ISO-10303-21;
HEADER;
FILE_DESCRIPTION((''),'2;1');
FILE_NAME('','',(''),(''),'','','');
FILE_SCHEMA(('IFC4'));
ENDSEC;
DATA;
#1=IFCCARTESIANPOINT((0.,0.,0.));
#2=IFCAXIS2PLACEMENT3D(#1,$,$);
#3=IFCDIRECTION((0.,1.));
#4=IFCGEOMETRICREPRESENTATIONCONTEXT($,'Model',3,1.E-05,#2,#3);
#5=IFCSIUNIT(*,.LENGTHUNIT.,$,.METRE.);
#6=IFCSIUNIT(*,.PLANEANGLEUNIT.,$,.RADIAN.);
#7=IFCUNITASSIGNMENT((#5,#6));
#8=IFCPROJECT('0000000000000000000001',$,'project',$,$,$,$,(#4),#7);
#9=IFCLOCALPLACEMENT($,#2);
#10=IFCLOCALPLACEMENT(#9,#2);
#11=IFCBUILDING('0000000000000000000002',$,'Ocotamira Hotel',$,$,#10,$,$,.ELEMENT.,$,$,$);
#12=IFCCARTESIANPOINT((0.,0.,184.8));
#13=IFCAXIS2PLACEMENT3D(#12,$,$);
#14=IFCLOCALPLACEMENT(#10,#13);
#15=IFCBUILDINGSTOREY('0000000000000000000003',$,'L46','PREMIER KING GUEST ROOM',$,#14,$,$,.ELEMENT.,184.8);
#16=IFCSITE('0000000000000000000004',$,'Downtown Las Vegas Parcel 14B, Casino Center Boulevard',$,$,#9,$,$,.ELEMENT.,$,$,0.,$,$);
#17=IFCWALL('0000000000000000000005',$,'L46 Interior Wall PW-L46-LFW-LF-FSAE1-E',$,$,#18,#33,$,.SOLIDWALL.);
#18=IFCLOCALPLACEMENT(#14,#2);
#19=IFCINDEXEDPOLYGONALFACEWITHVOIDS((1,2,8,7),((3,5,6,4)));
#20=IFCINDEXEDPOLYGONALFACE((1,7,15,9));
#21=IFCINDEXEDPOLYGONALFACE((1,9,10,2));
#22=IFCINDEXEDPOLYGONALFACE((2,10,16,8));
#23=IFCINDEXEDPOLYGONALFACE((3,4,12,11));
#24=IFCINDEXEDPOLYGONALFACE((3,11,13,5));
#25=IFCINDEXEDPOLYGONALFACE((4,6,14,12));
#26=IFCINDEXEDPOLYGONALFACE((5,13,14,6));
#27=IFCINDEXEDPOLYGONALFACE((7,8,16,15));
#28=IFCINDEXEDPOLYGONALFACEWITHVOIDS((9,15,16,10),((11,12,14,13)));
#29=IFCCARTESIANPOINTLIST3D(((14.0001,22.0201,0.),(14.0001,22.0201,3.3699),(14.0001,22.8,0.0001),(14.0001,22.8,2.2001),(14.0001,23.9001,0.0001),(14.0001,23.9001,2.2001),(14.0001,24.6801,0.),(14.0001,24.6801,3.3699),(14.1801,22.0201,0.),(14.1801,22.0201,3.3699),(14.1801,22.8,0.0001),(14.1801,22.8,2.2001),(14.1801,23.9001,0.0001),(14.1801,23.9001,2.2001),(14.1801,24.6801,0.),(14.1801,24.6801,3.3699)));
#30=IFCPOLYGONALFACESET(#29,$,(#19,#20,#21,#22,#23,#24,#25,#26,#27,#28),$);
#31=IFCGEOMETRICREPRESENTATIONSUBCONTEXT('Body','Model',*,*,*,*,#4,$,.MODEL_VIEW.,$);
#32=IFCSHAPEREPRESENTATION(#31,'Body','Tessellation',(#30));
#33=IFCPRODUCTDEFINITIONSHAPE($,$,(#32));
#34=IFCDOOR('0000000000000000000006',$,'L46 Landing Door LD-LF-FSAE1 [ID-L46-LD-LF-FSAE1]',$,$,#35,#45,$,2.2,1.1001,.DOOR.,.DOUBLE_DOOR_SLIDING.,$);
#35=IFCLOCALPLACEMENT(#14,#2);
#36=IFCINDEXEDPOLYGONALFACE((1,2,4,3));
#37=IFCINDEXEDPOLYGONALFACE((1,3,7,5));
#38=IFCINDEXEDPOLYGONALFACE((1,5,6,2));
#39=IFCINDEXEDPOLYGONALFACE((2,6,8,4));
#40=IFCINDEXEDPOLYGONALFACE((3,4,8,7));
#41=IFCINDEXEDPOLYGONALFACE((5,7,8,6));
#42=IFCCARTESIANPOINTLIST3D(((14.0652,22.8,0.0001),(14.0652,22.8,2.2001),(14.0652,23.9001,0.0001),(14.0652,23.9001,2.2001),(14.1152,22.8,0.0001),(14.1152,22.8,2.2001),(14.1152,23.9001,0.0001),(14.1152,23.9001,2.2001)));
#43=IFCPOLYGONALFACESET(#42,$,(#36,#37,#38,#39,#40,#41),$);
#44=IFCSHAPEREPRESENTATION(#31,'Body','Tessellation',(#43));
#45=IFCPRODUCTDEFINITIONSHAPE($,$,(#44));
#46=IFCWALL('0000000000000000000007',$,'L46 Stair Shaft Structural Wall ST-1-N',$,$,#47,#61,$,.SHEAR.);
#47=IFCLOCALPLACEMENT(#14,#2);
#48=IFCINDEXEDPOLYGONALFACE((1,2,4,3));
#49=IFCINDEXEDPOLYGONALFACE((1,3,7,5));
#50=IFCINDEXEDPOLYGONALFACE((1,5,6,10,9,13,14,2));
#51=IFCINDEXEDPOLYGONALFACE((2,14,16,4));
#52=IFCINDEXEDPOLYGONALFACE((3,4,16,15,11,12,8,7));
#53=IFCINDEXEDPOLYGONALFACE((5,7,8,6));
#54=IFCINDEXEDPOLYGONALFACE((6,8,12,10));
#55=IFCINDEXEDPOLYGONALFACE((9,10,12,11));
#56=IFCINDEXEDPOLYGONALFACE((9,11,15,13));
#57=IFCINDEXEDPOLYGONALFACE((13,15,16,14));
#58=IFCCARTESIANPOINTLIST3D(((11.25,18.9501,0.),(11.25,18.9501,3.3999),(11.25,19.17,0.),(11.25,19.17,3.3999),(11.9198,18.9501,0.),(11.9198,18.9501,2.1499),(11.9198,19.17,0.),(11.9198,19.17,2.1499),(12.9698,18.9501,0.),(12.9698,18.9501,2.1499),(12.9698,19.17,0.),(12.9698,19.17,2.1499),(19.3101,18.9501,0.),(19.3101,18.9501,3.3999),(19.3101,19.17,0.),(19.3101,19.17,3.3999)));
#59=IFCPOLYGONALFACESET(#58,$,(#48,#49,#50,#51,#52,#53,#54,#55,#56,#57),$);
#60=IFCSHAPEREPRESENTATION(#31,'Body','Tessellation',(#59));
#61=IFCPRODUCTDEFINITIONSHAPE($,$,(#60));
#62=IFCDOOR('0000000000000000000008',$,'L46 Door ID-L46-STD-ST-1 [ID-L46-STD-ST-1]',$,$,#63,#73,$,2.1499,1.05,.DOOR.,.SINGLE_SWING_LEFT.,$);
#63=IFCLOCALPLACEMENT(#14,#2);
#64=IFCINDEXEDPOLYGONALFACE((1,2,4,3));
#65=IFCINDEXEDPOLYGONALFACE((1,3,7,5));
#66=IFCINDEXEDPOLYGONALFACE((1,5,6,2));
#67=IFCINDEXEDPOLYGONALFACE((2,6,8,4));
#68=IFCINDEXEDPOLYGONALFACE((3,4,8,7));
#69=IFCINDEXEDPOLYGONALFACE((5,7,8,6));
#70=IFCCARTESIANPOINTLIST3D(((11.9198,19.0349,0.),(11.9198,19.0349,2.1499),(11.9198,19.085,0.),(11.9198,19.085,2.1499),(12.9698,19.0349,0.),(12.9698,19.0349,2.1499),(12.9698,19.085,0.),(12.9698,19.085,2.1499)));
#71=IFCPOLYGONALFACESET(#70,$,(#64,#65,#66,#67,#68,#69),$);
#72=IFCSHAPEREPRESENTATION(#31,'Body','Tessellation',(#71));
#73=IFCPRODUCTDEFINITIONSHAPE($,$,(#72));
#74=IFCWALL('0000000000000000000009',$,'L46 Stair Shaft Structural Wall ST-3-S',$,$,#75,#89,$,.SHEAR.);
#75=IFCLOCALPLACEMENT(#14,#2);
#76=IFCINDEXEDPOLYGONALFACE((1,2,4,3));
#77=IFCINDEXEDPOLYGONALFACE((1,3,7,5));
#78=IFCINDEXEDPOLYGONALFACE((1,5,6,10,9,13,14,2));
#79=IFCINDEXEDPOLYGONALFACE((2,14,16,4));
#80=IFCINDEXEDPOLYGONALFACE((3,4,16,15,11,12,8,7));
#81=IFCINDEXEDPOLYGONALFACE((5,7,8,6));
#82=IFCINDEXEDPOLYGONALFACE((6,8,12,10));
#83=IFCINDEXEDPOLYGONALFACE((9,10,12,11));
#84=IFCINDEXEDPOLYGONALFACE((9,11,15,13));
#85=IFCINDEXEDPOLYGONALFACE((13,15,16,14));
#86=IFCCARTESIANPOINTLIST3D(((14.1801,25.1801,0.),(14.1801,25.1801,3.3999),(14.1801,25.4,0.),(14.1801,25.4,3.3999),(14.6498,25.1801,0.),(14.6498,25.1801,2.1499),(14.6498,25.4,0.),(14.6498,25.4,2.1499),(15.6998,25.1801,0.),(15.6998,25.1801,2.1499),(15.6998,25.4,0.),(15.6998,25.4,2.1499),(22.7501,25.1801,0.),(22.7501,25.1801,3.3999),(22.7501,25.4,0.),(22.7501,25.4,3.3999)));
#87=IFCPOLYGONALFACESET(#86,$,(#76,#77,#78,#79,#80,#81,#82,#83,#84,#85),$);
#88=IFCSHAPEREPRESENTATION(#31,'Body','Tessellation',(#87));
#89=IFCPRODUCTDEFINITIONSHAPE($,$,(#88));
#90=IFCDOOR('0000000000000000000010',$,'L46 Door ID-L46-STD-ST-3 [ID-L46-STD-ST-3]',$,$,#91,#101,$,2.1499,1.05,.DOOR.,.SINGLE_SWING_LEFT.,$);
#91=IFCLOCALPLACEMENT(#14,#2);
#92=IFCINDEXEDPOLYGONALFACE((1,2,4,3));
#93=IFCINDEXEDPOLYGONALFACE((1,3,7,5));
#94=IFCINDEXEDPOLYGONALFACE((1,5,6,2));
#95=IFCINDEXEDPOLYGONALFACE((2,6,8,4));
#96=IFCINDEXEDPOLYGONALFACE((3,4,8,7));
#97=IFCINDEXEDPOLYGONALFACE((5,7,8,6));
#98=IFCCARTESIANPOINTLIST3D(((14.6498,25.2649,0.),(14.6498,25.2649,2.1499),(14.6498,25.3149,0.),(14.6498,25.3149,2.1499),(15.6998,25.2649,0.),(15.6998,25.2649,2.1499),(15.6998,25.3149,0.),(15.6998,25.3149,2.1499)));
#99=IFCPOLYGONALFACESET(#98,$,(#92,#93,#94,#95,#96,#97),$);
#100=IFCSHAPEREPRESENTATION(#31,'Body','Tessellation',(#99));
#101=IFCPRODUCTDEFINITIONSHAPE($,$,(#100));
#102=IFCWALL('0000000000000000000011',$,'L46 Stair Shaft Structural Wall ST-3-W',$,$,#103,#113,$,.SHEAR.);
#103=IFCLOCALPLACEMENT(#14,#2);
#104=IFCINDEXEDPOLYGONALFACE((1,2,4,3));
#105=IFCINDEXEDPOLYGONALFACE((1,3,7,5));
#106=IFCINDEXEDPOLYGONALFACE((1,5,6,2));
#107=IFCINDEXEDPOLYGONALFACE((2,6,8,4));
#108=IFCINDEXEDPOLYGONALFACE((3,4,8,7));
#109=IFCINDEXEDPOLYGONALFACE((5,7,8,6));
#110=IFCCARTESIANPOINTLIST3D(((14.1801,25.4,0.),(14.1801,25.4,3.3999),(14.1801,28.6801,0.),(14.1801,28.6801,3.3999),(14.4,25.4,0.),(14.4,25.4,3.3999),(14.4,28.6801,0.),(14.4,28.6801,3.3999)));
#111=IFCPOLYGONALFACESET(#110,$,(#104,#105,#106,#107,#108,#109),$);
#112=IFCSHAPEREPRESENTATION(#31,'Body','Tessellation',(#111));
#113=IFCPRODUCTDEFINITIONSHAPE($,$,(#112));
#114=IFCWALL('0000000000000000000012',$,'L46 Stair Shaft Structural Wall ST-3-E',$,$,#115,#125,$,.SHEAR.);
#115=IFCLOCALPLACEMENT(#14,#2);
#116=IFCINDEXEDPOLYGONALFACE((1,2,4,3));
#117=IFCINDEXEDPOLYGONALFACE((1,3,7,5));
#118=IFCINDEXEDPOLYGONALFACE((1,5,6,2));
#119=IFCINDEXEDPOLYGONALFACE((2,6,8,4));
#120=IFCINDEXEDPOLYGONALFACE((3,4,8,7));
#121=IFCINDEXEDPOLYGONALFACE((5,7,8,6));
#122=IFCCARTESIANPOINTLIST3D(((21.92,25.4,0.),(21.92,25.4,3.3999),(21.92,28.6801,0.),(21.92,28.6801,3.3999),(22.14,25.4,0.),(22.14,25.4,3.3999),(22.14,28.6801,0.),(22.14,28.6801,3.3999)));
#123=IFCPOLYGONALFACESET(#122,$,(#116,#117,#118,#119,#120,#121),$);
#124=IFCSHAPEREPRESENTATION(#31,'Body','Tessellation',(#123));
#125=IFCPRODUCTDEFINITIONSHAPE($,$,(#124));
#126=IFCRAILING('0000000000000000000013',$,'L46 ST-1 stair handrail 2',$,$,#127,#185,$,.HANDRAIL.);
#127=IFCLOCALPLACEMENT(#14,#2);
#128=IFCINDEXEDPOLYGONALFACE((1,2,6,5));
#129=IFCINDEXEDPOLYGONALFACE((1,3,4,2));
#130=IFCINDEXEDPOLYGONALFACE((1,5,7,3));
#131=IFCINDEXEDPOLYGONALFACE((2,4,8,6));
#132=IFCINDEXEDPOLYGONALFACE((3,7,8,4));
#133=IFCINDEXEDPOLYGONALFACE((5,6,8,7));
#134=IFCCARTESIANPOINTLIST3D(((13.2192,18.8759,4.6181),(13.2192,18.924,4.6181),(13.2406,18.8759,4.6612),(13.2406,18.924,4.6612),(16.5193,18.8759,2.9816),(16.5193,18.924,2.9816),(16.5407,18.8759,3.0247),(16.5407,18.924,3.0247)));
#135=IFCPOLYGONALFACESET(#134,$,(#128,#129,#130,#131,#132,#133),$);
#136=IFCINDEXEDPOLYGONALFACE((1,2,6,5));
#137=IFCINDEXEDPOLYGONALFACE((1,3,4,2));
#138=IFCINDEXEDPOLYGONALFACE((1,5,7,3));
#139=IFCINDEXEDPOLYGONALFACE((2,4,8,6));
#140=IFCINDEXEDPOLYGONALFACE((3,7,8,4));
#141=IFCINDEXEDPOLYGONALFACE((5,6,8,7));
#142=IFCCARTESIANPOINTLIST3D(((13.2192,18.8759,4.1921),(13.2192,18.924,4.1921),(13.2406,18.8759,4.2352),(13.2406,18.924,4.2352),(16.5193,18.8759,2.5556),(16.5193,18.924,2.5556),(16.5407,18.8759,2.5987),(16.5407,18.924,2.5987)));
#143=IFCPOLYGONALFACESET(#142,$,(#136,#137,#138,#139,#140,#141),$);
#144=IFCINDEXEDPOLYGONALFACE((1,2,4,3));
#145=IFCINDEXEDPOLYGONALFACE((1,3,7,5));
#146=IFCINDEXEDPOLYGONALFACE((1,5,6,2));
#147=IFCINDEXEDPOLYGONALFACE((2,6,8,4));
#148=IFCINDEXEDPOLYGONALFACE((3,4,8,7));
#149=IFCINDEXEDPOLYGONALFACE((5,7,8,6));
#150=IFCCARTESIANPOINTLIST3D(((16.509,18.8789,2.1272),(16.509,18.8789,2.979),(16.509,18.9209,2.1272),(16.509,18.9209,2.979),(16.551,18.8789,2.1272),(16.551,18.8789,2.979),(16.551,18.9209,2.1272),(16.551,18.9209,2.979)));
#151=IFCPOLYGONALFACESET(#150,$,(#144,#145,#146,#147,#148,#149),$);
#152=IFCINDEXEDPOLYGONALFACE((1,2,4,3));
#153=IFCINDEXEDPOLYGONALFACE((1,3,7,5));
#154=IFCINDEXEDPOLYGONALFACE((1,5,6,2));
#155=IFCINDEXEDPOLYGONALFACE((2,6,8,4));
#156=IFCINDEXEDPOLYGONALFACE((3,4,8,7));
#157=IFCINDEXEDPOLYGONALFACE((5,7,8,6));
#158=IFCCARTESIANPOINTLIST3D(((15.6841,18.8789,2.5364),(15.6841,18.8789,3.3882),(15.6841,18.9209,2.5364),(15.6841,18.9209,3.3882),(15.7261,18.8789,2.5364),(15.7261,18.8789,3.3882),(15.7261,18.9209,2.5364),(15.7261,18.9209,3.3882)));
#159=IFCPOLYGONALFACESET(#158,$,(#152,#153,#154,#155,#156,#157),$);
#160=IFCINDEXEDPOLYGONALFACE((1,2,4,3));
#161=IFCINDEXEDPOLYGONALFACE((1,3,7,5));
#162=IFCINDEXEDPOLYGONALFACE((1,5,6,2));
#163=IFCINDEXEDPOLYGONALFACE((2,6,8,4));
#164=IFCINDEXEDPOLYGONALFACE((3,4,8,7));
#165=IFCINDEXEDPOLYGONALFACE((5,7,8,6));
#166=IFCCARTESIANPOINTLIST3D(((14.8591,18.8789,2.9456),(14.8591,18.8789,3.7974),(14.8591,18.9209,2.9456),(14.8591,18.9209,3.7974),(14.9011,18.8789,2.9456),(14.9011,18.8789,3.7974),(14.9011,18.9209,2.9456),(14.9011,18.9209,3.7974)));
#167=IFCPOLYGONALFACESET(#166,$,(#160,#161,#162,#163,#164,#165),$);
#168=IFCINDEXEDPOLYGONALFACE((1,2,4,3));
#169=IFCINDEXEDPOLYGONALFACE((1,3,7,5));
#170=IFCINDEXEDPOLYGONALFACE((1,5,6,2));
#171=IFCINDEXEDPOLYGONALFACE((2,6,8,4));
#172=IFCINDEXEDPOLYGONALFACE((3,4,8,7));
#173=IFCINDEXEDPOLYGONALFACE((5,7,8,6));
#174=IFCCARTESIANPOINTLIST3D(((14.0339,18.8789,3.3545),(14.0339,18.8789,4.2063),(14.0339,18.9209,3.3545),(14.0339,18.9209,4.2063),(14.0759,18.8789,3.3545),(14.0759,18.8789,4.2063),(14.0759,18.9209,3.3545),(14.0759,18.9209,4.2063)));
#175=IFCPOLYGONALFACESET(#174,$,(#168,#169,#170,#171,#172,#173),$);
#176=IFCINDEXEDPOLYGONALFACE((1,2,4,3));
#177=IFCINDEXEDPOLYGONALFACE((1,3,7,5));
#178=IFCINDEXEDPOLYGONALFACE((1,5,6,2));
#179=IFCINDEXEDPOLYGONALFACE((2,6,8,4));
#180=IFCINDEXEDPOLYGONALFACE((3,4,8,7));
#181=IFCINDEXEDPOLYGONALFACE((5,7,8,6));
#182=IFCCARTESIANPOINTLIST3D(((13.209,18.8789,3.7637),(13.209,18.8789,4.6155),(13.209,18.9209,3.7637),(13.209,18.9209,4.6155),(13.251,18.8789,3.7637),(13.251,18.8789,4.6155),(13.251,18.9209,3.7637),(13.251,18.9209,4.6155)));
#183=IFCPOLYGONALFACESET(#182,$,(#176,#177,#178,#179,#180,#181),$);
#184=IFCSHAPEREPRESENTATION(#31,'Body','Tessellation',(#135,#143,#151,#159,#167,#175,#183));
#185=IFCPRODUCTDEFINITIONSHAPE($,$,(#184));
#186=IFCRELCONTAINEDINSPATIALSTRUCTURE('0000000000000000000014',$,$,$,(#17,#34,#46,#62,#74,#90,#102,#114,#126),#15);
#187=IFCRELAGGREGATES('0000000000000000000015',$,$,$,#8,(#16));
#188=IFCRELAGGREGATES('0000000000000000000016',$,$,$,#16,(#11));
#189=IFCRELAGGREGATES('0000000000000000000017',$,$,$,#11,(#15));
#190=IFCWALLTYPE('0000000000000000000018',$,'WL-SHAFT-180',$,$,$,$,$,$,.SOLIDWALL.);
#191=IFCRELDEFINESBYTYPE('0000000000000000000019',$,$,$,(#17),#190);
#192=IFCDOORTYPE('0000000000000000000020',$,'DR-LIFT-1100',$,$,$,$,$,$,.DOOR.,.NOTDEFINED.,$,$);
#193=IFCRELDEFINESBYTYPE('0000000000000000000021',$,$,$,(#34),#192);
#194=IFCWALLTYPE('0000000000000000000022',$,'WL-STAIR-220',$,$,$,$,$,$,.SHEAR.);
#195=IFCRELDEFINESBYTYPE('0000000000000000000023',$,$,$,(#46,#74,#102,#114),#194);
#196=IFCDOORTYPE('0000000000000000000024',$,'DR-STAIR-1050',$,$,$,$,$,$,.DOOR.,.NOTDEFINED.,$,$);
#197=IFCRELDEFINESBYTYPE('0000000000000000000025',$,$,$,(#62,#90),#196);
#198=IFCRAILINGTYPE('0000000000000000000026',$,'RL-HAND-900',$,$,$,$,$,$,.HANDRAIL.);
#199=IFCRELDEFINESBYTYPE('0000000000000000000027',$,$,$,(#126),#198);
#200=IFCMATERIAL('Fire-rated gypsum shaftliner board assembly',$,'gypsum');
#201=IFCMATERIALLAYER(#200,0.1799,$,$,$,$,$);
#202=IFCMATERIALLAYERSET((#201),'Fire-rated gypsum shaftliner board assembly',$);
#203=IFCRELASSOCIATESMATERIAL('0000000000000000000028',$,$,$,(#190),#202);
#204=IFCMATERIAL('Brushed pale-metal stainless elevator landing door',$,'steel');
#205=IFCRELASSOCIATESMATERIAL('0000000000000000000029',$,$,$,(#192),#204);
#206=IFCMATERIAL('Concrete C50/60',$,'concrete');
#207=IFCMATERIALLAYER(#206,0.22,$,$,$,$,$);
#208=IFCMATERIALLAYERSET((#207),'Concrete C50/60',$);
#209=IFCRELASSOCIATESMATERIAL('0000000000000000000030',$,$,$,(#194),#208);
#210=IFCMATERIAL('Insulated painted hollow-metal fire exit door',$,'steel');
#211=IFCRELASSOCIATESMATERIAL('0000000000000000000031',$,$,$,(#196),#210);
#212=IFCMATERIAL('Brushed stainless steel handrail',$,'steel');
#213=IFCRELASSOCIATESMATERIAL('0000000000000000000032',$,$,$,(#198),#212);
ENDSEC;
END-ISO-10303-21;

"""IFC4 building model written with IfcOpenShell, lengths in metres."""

from ifc_helpers import new_model, si_unit, direction, frame, frame_2d, origin, origin_2d, place, context, subcontext, project, spatial, rectangle, extrude, source, transform, mapped, material, layer, layer_set, type_object, element, fill, save


model = new_model("IFC4")

# Units and contexts
model_context = context("Model", 3, precision=1e-05, world=origin(), true_north=direction((0.0, 1.0)))
body_context = subcontext(model_context, "Body", "Model", "MODEL_VIEW")
ifc_project = project(units=[si_unit("LENGTHUNIT", "METRE"), si_unit("PLANEANGLEUNIT", "RADIAN")], contexts=[model_context])

# Site, building, storey
site_placement = place(None, origin())
site = spatial("IfcSite", under=ifc_project, at=site_placement, Name="Downtown Las Vegas Parcel 14B, Casino Center Boulevard", CompositionType="ELEMENT", RefElevation=0.0)
building_placement = place(site_placement, origin())
building = spatial("IfcBuilding", under=site, at=building_placement, Name="Ocotamira Hotel", CompositionType="ELEMENT")
storey_placement = place(building_placement, frame((0.0, 0.0, 184.8)))
storey = spatial("IfcBuildingStorey", under=building, at=storey_placement, Name="L46", Description="PREMIER KING GUEST ROOM", CompositionType="ELEMENT", Elevation=184.8)

# Shared definitions
ifc_material_1 = material(Name="Fire-rated gypsum shaftliner board assembly", Category="gypsum")
ifc_layer_1 = layer(ifc_material_1, 0.1799)
ifc_layer_set_1 = layer_set([ifc_layer_1], Name="Fire-rated gypsum shaftliner board assembly")
wall_type_1 = type_object("IfcWallType", Name="WL-SHAFT-180", PredefinedType="SOLIDWALL", material=ifc_layer_set_1)
ifc_material_2 = material(Name="Brushed pale-metal stainless elevator landing door", Category="steel")
door_type_1 = type_object("IfcDoorType", Name="DR-LIFT-1100", OperationType="NOTDEFINED", PredefinedType="DOOR", material=ifc_material_2)
shared_shape_1 = source(origin(), body_context, "Body", "SweptSolid", [
    extrude(rectangle(XDim=1.1001, YDim=2.2, at=frame_2d((0.55, 1.1001))), frame((0.0, 0.0249, 0.0), z_axis=(0.0, -1.0, 0.0), x_axis=(1.0, 0.0, 0.0)), (0.0, 0.0, 1.0), 0.05),
])

# Walls, openings, doors
wall_1_placement = place(storey_placement, frame((14.0901, 22.02, 0.0), z_axis=(0.0, 0.0, 1.0), x_axis=(0.0, 1.0, 0.0)))
wall_1 = element("IfcWall", 1, at=wall_1_placement, inside=storey, type_object=wall_type_1, Name="L46 Interior Wall PW-L46-LFW-LF-FSAE1-E", PredefinedType="SOLIDWALL", context=body_context, shape_type="SweptSolid", body=[
    extrude(rectangle(XDim=2.6599, YDim=0.1799, at=frame_2d((1.3301, 0.0))), origin(), (0.0, 0.0, 1.0), 3.3699),
])
opening_1_placement = place(wall_1_placement, frame((0.78, 0.0, 0.0)))
opening_1 = element("IfcOpeningElement", 2, at=opening_1_placement, cuts=wall_1, PredefinedType="OPENING", context=body_context, shape_type="SweptSolid", body=[
    extrude(rectangle(XDim=1.1001, YDim=2.2, at=frame_2d((0.55, 1.1001))), frame((0.0, 0.1001, 0.0), z_axis=(0.0, -1.0, 0.0), x_axis=(1.0, 0.0, 0.0)), (0.0, 0.0, 1.0), 0.2),
])
door_1_placement = place(opening_1_placement, origin())
door_1 = element("IfcDoor", 3, at=door_1_placement, inside=storey, type_object=door_type_1, Name="L46 Landing Door LD-LF-FSAE1 [ID-L46-LD-LF-FSAE1]", OperationType="DOUBLE_DOOR_SLIDING", OverallHeight=2.2, OverallWidth=1.1001, PredefinedType="DOOR", context=body_context, shape_type="MappedRepresentation", body=[
    mapped(shared_shape_1, transform((0.0, 0.0, 0.0), scale=1.0)),
])
fill(opening_1, door_1)
ifc_material_3 = material(Name="Concrete C50/60", Category="concrete")
ifc_layer_2 = layer(ifc_material_3, 0.22)
ifc_layer_set_2 = layer_set([ifc_layer_2], Name="Concrete C50/60")
wall_type_2 = type_object("IfcWallType", Name="WL-STAIR-220", PredefinedType="SHEAR", material=ifc_layer_set_2)
wall_2_placement = place(storey_placement, frame((11.25, 19.0601, 0.0), z_axis=(0.0, 0.0, 1.0), x_axis=(1.0, 0.0, 0.0)))
wall_2 = element("IfcWall", 4, at=wall_2_placement, inside=storey, type_object=wall_type_2, Name="L46 Stair Shaft Structural Wall ST-1-N", PredefinedType="SHEAR", context=body_context, shape_type="SweptSolid", body=[
    extrude(rectangle(XDim=8.0601, YDim=0.22, at=frame_2d((4.03, 0.0))), origin(), (0.0, 0.0, 1.0), 3.3999),
])
opening_2_placement = place(wall_2_placement, frame((0.6699, 0.0, 0.0)))
opening_2 = element("IfcOpeningElement", 5, at=opening_2_placement, cuts=wall_2, PredefinedType="OPENING", context=body_context, shape_type="SweptSolid", body=[
    extrude(rectangle(XDim=1.05, YDim=2.1499, at=frame_2d((0.5249, 1.075))), frame((0.0, 0.1201, 0.0), z_axis=(0.0, -1.0, 0.0), x_axis=(1.0, 0.0, 0.0)), (0.0, 0.0, 1.0), 0.24),
])
ifc_material_4 = material(Name="Insulated painted hollow-metal fire exit door", Category="steel")
door_type_2 = type_object("IfcDoorType", Name="DR-STAIR-1050", OperationType="NOTDEFINED", PredefinedType="DOOR", material=ifc_material_4)
shared_shape_2 = source(origin(), body_context, "Body", "SweptSolid", [
    extrude(rectangle(XDim=1.05, YDim=2.1499, at=frame_2d((0.5249, 1.075))), frame((0.0, 0.0249, 0.0), z_axis=(0.0, -1.0, 0.0), x_axis=(1.0, 0.0, 0.0)), (0.0, 0.0, 1.0), 0.05),
])
door_2_placement = place(opening_2_placement, origin())
door_2 = element("IfcDoor", 6, at=door_2_placement, inside=storey, type_object=door_type_2, Name="L46 Door ID-L46-STD-ST-1 [ID-L46-STD-ST-1]", OperationType="SINGLE_SWING_LEFT", OverallHeight=2.1499, OverallWidth=1.05, PredefinedType="DOOR", context=body_context, shape_type="MappedRepresentation", body=[
    mapped(shared_shape_2, transform((0.0, 0.0, 0.0), scale=1.0)),
])
fill(opening_2, door_2)
wall_3_placement = place(storey_placement, frame((14.1799, 25.29, 0.0), z_axis=(0.0, 0.0, 1.0), x_axis=(1.0, 0.0, 0.0)))
wall_3 = element("IfcWall", 7, at=wall_3_placement, inside=storey, type_object=wall_type_2, Name="L46 Stair Shaft Structural Wall ST-3-S", PredefinedType="SHEAR", context=body_context, shape_type="SweptSolid", body=[
    extrude(rectangle(XDim=8.5701, YDim=0.22, at=frame_2d((4.2852, 0.0))), origin(), (0.0, 0.0, 1.0), 3.3999),
])
opening_3_placement = place(wall_3_placement, frame((0.47, 0.0, 0.0)))
opening_3 = element("IfcOpeningElement", 8, at=opening_3_placement, cuts=wall_3, PredefinedType="OPENING", context=body_context, shape_type="SweptSolid", body=[
    extrude(rectangle(XDim=1.05, YDim=2.1499, at=frame_2d((0.5249, 1.075))), frame((0.0, 0.1201, 0.0), z_axis=(0.0, -1.0, 0.0), x_axis=(1.0, 0.0, 0.0)), (0.0, 0.0, 1.0), 0.24),
])
door_3_placement = place(opening_3_placement, origin())
door_3 = element("IfcDoor", 9, at=door_3_placement, inside=storey, type_object=door_type_2, Name="L46 Door ID-L46-STD-ST-3 [ID-L46-STD-ST-3]", OperationType="SINGLE_SWING_LEFT", OverallHeight=2.1499, OverallWidth=1.05, PredefinedType="DOOR", context=body_context, shape_type="MappedRepresentation", body=[
    mapped(shared_shape_2, transform((0.0, 0.0, 0.0), scale=1.0)),
])
fill(opening_3, door_3)

# Walls
for number, where, z_axis, x_axis, name in (
    (10, (14.29, 25.3999, 0.0), (0.0, 0.0, 1.0), (0.0, 1.0, 0.0), "L46 Stair Shaft Structural Wall ST-3-W"),
    (11, (22.03, 25.3999, 0.0), (0.0, 0.0, 1.0), (0.0, 1.0, 0.0), "L46 Stair Shaft Structural Wall ST-3-E"),
):
    element("IfcWall", number, at=place(storey_placement, frame(where, z_axis=z_axis, x_axis=x_axis)), inside=storey, type_object=wall_type_2, Name=name, PredefinedType="SHEAR", context=body_context, shape_type="SweptSolid", body=[
        extrude(rectangle(XDim=3.28, YDim=0.22, at=frame_2d((1.6401, 0.0))), origin(), (0.0, 0.0, 1.0), 3.3999),
    ])

# Railing
ifc_material_5 = material(Name="Brushed stainless steel handrail", Category="steel")
railing_type = type_object("IfcRailingType", Name="RL-HAND-900", PredefinedType="HANDRAIL", material=ifc_material_5)
railing_placement = place(storey_placement, frame((16.53, 18.8999, 2.1272)))
element("IfcRailing", 12, at=railing_placement, inside=storey, type_object=railing_type, Name="L46 ST-1 stair handrail 2", PredefinedType="HANDRAIL", context=body_context, shape_type="SweptSolid", body=[
    extrude(rectangle(XDim=0.0481, YDim=0.0481, at=origin_2d()), frame((0.0, 0.0, 0.876), z_axis=(-0.895894, 0.0, 0.444268), x_axis=(0.0, -1.0, 0.0)), (0.0, 0.0, 1.0), 3.6836),
    extrude(rectangle(XDim=0.0481, YDim=0.0481, at=origin_2d()), frame((0.0, 0.0, 0.45), z_axis=(-0.895894, 0.0, 0.444268), x_axis=(0.0, -1.0, 0.0)), (0.0, 0.0, 1.0), 3.6836),
    extrude(rectangle(XDim=0.042, YDim=0.042, at=origin_2d()), origin(), (0.0, 0.0, 1.0), 0.8518),
    extrude(rectangle(XDim=0.042, YDim=0.042, at=origin_2d()), frame((-0.825, 0.0, 0.4092)), (0.0, 0.0, 1.0), 0.8518),
    extrude(rectangle(XDim=0.042, YDim=0.042, at=origin_2d()), frame((-1.6499, 0.0, 0.8184)), (0.0, 0.0, 1.0), 0.8518),
    extrude(rectangle(XDim=0.042, YDim=0.042, at=origin_2d()), frame((-2.4751, 0.0, 1.2273)), (0.0, 0.0, 1.0), 0.8518),
    extrude(rectangle(XDim=0.042, YDim=0.042, at=origin_2d()), frame((-3.3, 0.0, 1.6365)), (0.0, 0.0, 1.0), 0.8518),
])

save(model, "model.ifc")
